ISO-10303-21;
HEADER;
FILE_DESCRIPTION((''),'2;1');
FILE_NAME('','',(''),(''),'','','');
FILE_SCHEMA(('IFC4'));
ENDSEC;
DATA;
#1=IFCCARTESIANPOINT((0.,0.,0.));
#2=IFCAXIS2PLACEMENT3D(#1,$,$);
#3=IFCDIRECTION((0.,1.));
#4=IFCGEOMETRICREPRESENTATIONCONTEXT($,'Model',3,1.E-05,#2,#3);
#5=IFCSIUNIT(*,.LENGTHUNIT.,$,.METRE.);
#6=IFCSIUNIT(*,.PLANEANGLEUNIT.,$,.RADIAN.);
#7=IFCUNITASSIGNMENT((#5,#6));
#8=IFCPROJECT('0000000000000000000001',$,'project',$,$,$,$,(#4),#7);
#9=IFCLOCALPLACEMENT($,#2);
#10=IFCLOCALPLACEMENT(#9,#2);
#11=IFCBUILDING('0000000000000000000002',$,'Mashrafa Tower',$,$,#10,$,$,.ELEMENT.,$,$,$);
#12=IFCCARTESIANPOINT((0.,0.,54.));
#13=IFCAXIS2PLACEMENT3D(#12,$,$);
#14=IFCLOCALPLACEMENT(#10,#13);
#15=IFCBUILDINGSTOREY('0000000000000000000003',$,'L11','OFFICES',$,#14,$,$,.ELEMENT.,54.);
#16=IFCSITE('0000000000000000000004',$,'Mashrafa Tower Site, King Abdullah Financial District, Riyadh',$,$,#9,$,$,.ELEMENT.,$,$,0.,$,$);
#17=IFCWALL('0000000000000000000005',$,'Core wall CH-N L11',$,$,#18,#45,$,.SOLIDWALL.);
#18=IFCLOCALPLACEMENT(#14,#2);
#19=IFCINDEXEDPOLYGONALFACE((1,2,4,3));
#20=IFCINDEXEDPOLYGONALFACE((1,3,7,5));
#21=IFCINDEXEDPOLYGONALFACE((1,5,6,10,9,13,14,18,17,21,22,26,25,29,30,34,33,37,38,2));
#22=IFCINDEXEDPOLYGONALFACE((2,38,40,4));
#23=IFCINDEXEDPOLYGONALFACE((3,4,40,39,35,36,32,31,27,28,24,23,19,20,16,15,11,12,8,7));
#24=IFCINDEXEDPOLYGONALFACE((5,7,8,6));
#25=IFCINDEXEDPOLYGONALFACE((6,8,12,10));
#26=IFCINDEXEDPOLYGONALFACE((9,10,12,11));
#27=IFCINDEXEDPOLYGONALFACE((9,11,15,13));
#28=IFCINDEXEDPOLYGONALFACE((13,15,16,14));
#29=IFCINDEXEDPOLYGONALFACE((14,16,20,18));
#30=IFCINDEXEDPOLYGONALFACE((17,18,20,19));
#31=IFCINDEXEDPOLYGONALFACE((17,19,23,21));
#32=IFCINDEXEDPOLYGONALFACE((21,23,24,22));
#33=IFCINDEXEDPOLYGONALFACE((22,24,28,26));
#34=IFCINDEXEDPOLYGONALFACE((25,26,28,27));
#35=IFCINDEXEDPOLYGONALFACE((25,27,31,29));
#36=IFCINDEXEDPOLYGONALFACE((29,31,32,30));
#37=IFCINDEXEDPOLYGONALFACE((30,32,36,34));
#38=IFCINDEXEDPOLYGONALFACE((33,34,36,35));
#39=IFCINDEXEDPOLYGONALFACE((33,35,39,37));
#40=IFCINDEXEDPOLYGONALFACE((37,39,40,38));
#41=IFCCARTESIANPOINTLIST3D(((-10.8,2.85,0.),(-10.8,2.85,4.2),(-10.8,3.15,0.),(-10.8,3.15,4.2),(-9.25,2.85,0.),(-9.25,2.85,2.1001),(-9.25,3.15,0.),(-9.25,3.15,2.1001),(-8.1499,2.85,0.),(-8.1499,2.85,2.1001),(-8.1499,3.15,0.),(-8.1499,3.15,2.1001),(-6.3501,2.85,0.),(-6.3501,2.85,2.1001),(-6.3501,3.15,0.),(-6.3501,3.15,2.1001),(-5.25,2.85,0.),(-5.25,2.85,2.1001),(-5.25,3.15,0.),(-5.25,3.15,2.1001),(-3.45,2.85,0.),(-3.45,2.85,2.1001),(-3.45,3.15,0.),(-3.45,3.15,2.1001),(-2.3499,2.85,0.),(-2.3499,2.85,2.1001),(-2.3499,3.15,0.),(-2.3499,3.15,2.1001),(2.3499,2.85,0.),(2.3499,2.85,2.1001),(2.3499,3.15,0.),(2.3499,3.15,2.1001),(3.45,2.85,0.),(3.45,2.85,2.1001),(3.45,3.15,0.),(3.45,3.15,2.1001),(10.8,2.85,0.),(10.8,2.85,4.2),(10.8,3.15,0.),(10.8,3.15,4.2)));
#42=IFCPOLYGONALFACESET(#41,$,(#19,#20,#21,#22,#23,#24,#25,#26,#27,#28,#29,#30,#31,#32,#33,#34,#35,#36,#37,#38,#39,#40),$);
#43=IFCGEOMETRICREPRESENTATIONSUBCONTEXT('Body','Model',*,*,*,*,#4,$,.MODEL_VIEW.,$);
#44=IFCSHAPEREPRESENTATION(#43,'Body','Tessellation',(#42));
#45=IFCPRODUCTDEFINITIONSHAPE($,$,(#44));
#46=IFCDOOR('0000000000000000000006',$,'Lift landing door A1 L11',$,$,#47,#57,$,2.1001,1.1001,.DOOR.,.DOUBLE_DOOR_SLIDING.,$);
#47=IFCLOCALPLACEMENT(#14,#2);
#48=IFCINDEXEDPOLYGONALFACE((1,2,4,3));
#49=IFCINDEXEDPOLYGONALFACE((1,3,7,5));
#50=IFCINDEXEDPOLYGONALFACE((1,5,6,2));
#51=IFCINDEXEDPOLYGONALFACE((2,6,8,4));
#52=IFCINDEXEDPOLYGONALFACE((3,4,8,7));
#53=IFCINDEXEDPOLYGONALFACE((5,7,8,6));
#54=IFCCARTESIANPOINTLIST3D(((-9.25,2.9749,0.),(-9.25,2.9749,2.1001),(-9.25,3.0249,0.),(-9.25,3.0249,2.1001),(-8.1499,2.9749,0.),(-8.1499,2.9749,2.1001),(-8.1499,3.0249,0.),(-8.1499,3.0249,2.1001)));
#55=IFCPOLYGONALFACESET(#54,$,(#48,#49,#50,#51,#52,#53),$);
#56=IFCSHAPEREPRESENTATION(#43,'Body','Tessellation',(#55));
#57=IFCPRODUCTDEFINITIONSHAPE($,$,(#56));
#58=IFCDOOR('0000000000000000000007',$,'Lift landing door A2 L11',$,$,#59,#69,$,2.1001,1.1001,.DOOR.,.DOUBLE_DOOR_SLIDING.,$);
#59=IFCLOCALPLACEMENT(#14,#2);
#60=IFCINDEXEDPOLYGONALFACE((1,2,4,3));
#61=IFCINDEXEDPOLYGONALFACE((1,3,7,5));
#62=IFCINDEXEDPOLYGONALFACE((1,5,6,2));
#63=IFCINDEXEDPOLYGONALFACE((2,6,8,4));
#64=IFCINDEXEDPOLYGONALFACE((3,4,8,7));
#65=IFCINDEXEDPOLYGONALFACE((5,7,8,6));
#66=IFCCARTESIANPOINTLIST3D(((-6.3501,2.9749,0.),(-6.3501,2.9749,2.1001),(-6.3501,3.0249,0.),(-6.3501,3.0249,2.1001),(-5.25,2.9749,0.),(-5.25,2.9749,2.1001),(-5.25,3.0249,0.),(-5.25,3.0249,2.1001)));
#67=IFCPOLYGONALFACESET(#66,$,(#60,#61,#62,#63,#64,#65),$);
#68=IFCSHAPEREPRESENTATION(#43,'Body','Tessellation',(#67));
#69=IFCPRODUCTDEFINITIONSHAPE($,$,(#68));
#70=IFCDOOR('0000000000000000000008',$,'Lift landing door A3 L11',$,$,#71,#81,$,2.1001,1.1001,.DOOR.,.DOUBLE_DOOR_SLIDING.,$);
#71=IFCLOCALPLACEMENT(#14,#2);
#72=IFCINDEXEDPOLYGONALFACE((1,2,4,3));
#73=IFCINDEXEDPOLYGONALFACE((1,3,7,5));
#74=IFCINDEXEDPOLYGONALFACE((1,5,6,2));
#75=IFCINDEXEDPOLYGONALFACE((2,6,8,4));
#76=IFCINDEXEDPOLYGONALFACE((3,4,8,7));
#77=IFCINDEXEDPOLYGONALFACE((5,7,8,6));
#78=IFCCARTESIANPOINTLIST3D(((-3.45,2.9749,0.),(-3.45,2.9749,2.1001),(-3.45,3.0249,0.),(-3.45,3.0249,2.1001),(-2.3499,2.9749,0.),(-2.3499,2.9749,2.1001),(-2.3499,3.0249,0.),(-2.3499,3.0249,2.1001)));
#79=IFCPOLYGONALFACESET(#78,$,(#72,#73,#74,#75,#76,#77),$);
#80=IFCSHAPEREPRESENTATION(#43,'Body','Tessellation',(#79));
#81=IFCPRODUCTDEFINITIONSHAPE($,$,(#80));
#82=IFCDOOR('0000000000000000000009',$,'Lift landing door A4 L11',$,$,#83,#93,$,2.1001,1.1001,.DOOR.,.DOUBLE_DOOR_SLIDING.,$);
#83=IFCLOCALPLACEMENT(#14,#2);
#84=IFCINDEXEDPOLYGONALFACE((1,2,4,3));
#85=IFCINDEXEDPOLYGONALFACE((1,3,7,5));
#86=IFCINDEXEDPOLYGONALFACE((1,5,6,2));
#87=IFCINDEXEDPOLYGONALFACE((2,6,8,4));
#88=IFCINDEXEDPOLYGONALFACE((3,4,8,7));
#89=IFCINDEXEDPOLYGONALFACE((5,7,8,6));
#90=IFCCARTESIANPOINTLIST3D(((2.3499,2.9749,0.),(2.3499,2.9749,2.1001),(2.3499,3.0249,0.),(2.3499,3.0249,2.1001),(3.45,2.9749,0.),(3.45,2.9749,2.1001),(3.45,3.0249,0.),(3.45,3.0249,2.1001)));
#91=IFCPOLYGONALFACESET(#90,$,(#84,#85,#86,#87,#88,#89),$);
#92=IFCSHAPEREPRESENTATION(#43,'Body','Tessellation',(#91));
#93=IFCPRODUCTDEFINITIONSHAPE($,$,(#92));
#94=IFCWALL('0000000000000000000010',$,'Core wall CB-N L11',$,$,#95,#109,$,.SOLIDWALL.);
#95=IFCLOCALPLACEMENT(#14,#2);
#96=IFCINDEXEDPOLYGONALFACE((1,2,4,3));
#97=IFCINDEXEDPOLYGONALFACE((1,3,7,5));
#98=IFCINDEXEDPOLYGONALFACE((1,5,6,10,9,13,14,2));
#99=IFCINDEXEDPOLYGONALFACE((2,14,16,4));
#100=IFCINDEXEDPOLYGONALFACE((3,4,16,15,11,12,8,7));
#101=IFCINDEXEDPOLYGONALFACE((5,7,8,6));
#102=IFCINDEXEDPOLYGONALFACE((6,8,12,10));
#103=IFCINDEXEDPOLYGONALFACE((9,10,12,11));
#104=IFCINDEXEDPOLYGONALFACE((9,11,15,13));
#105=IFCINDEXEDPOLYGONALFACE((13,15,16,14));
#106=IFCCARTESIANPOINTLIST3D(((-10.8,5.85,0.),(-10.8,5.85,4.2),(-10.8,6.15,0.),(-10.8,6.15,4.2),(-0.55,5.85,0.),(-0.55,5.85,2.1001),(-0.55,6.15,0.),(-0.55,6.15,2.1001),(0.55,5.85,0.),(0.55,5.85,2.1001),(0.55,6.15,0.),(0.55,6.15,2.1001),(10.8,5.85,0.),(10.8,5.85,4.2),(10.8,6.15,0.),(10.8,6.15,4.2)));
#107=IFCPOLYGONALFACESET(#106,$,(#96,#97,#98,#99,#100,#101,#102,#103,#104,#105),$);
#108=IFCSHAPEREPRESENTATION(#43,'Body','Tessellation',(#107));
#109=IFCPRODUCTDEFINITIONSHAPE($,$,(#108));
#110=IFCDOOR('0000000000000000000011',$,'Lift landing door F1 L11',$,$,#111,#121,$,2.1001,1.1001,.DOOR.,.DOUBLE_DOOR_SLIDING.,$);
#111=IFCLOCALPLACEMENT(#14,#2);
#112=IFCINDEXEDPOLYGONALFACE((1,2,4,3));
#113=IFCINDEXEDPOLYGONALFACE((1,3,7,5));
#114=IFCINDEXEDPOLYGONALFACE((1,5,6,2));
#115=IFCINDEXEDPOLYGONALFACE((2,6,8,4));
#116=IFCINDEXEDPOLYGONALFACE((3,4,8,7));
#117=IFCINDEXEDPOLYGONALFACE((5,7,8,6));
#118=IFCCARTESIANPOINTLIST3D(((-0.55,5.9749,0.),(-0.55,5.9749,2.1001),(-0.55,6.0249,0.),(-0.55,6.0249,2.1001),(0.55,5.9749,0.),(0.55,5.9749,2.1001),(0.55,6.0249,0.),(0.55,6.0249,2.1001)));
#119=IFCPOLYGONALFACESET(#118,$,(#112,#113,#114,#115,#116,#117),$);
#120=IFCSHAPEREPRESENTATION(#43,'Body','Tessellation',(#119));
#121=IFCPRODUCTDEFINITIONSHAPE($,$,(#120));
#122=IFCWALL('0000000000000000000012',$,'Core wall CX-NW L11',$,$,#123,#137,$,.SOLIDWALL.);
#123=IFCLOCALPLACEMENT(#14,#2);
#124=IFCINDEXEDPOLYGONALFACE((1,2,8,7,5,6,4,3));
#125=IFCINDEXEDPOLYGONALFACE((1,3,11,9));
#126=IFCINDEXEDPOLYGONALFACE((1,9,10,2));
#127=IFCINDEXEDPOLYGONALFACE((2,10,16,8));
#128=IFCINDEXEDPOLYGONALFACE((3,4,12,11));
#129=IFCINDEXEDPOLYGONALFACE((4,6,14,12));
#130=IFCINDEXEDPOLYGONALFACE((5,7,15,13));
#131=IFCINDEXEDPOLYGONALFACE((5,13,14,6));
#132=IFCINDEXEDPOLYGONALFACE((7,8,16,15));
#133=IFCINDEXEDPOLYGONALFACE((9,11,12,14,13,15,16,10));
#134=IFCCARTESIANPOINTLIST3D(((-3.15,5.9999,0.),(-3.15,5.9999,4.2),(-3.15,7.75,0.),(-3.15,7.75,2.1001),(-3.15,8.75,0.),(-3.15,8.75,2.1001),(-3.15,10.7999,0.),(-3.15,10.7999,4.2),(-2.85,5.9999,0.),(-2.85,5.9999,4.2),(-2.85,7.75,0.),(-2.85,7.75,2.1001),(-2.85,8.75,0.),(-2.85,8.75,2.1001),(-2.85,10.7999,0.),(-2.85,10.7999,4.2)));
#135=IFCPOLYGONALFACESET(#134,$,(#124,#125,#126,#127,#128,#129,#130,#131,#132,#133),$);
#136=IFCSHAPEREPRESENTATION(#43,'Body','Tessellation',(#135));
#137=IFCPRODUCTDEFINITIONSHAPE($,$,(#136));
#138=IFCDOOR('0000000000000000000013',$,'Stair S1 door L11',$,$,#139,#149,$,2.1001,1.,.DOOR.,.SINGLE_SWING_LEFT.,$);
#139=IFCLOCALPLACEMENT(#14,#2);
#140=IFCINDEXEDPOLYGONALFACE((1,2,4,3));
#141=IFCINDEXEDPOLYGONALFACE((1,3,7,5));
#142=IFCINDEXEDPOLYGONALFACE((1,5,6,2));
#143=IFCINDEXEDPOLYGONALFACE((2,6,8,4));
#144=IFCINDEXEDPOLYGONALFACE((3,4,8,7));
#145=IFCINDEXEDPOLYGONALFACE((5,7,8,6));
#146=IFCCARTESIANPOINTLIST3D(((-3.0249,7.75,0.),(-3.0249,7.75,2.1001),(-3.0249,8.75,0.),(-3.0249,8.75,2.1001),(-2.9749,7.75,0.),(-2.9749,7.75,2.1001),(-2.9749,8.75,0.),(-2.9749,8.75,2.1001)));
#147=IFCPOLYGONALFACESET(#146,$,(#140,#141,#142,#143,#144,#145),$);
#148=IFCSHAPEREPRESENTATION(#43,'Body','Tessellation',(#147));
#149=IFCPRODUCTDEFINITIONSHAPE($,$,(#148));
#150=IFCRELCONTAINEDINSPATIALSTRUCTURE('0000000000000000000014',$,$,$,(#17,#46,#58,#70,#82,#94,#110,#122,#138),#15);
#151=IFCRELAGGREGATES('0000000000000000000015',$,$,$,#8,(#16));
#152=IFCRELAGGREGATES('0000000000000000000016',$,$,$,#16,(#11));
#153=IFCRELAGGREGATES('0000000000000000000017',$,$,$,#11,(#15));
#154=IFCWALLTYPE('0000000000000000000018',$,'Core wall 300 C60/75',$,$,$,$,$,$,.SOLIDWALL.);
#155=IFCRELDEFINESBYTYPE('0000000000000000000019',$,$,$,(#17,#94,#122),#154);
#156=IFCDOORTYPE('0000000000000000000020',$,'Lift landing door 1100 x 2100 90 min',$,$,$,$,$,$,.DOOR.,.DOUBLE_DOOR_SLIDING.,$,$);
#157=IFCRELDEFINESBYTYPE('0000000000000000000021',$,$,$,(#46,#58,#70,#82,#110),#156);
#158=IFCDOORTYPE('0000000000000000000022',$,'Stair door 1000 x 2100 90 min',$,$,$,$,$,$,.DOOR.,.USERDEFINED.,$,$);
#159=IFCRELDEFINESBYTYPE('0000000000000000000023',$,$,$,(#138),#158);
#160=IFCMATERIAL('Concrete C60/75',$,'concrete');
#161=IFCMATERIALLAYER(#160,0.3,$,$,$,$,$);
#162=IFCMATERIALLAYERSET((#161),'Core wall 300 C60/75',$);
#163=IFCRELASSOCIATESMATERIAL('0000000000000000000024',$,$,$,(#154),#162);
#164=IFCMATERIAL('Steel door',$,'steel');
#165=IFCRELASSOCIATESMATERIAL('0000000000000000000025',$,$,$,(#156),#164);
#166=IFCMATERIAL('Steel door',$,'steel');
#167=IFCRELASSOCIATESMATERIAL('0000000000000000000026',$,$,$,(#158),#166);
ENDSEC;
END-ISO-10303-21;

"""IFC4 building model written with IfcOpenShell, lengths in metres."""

from ifc_helpers import new_model, si_unit, direction, frame, frame_2d, origin, place, context, subcontext, project, spatial, rectangle, extrude, material, layer, layer_set, type_object, element, fill, save


model = new_model("IFC4")

# Units and contexts
model_context = context("Model", 3, precision=1e-05, world=origin(), true_north=direction((0.0, 1.0)))
body_context = subcontext(model_context, "Body", "Model", "MODEL_VIEW")
ifc_project = project(units=[si_unit("LENGTHUNIT", "METRE"), si_unit("PLANEANGLEUNIT", "RADIAN")], contexts=[model_context])

# Site, building, storey
site_placement = place(None, origin())
site = spatial("IfcSite", under=ifc_project, at=site_placement, Name="Mashrafa Tower Site, King Abdullah Financial District, Riyadh", CompositionType="ELEMENT", RefElevation=0.0)
building_placement = place(site_placement, origin())
building = spatial("IfcBuilding", under=site, at=building_placement, Name="Mashrafa Tower", CompositionType="ELEMENT")
storey_placement = place(building_placement, frame((0.0, 0.0, 54.0)))
storey = spatial("IfcBuildingStorey", under=building, at=storey_placement, Name="L11", Description="OFFICES", CompositionType="ELEMENT", Elevation=54.0)

# Wall, openings, doors
ifc_material_1 = material(Name="Concrete C60/75", Category="concrete")
ifc_layer_1 = layer(ifc_material_1, 0.3)
ifc_layer_set_1 = layer_set([ifc_layer_1], Name="Core wall 300 C60/75")
wall_type_1 = type_object("IfcWallType", Name="Core wall 300 C60/75", PredefinedType="SOLIDWALL", material=ifc_layer_set_1)
wall_1_placement = place(storey_placement, frame((-10.8, 3.0, 0.0), z_axis=(0.0, 0.0, 1.0), x_axis=(1.0, 0.0, 0.0)))
wall_1 = element("IfcWall", 1, at=wall_1_placement, inside=storey, type_object=wall_type_1, Name="Core wall CH-N L11", PredefinedType="SOLIDWALL", context=body_context, shape_type="SweptSolid", body=[
    extrude(rectangle(XDim=21.6001, YDim=0.3, at=frame_2d((10.8, 0.0))), origin(), (0.0, 0.0, 1.0), 4.2),
])
opening_1_placement = place(wall_1_placement, frame((1.55, 0.0, 0.0)))
opening_1 = element("IfcOpeningElement", 2, at=opening_1_placement, cuts=wall_1, PredefinedType="OPENING", context=body_context, shape_type="SweptSolid", body=[
    extrude(rectangle(XDim=1.1001, YDim=2.1001, at=frame_2d((0.55, 1.05))), frame((0.0, 0.1599, 0.0), z_axis=(0.0, -1.0, 0.0), x_axis=(1.0, 0.0, 0.0)), (0.0, 0.0, 1.0), 0.3201),
])
opening_2_placement = place(wall_1_placement, frame((4.45, 0.0, 0.0)))
opening_2 = element("IfcOpeningElement", 3, at=opening_2_placement, cuts=wall_1, PredefinedType="OPENING", context=body_context, shape_type="SweptSolid", body=[
    extrude(rectangle(XDim=1.1001, YDim=2.1001, at=frame_2d((0.55, 1.05))), frame((0.0, 0.1599, 0.0), z_axis=(0.0, -1.0, 0.0), x_axis=(1.0, 0.0, 0.0)), (0.0, 0.0, 1.0), 0.3201),
])
opening_3_placement = place(wall_1_placement, frame((7.3501, 0.0, 0.0)))
opening_3 = element("IfcOpeningElement", 4, at=opening_3_placement, cuts=wall_1, PredefinedType="OPENING", context=body_context, shape_type="SweptSolid", body=[
    extrude(rectangle(XDim=1.1001, YDim=2.1001, at=frame_2d((0.55, 1.05))), frame((0.0, 0.1599, 0.0), z_axis=(0.0, -1.0, 0.0), x_axis=(1.0, 0.0, 0.0)), (0.0, 0.0, 1.0), 0.3201),
])
opening_4_placement = place(wall_1_placement, frame((13.1499, 0.0, 0.0)))
opening_4 = element("IfcOpeningElement", 5, at=opening_4_placement, cuts=wall_1, PredefinedType="OPENING", context=body_context, shape_type="SweptSolid", body=[
    extrude(rectangle(XDim=1.1001, YDim=2.1001, at=frame_2d((0.55, 1.05))), frame((0.0, 0.1599, 0.0), z_axis=(0.0, -1.0, 0.0), x_axis=(1.0, 0.0, 0.0)), (0.0, 0.0, 1.0), 0.3201),
])
ifc_material_2 = material(Name="Steel door", Category="steel")
door_type_1 = type_object("IfcDoorType", Name="Lift landing door 1100 x 2100 90 min", OperationType="DOUBLE_DOOR_SLIDING", PredefinedType="DOOR", material=ifc_material_2)
door_1_placement = place(opening_1_placement, origin())
door_1 = element("IfcDoor", 6, at=door_1_placement, inside=storey, type_object=door_type_1, Name="Lift landing door A1 L11", OperationType="DOUBLE_DOOR_SLIDING", OverallHeight=2.1001, OverallWidth=1.1001, PredefinedType="DOOR", context=body_context, shape_type="SweptSolid", body=[
    extrude(rectangle(XDim=1.1001, YDim=2.1001, at=frame_2d((0.55, 1.05))), frame((0.0, 0.0249, 0.0), z_axis=(0.0, -1.0, 0.0), x_axis=(1.0, 0.0, 0.0)), (0.0, 0.0, 1.0), 0.05),
])
fill(opening_1, door_1)
door_2_placement = place(opening_2_placement, origin())
door_2 = element("IfcDoor", 7, at=door_2_placement, inside=storey, type_object=door_type_1, Name="Lift landing door A2 L11", OperationType="DOUBLE_DOOR_SLIDING", OverallHeight=2.1001, OverallWidth=1.1001, PredefinedType="DOOR", context=body_context, shape_type="SweptSolid", body=[
    extrude(rectangle(XDim=1.1001, YDim=2.1001, at=frame_2d((0.55, 1.05))), frame((0.0, 0.0249, 0.0), z_axis=(0.0, -1.0, 0.0), x_axis=(1.0, 0.0, 0.0)), (0.0, 0.0, 1.0), 0.05),
])
fill(opening_2, door_2)
door_3_placement = place(opening_3_placement, origin())
door_3 = element("IfcDoor", 8, at=door_3_placement, inside=storey, type_object=door_type_1, Name="Lift landing door A3 L11", OperationType="DOUBLE_DOOR_SLIDING", OverallHeight=2.1001, OverallWidth=1.1001, PredefinedType="DOOR", context=body_context, shape_type="SweptSolid", body=[
    extrude(rectangle(XDim=1.1001, YDim=2.1001, at=frame_2d((0.55, 1.05))), frame((0.0, 0.0249, 0.0), z_axis=(0.0, -1.0, 0.0), x_axis=(1.0, 0.0, 0.0)), (0.0, 0.0, 1.0), 0.05),
])
fill(opening_3, door_3)
door_4_placement = place(opening_4_placement, origin())
door_4 = element("IfcDoor", 9, at=door_4_placement, inside=storey, type_object=door_type_1, Name="Lift landing door A4 L11", OperationType="DOUBLE_DOOR_SLIDING", OverallHeight=2.1001, OverallWidth=1.1001, PredefinedType="DOOR", context=body_context, shape_type="SweptSolid", body=[
    extrude(rectangle(XDim=1.1001, YDim=2.1001, at=frame_2d((0.55, 1.05))), frame((0.0, 0.0249, 0.0), z_axis=(0.0, -1.0, 0.0), x_axis=(1.0, 0.0, 0.0)), (0.0, 0.0, 1.0), 0.05),
])
fill(opening_4, door_4)

# Walls, openings, doors
wall_2_placement = place(storey_placement, frame((-10.8, 6.0, 0.0), z_axis=(0.0, 0.0, 1.0), x_axis=(1.0, 0.0, 0.0)))
wall_2 = element("IfcWall", 10, at=wall_2_placement, inside=storey, type_object=wall_type_1, Name="Core wall CB-N L11", PredefinedType="SOLIDWALL", context=body_context, shape_type="SweptSolid", body=[
    extrude(rectangle(XDim=21.6001, YDim=0.3, at=frame_2d((10.8, 0.0))), origin(), (0.0, 0.0, 1.0), 4.2),
])
opening_5_placement = place(wall_2_placement, frame((10.25, 0.0, 0.0)))
opening_5 = element("IfcOpeningElement", 11, at=opening_5_placement, cuts=wall_2, PredefinedType="OPENING", context=body_context, shape_type="SweptSolid", body=[
    extrude(rectangle(XDim=1.1001, YDim=2.1001, at=frame_2d((0.55, 1.05))), frame((0.0, 0.1599, 0.0), z_axis=(0.0, -1.0, 0.0), x_axis=(1.0, 0.0, 0.0)), (0.0, 0.0, 1.0), 0.3201),
])
door_5_placement = place(opening_5_placement, origin())
door_5 = element("IfcDoor", 12, at=door_5_placement, inside=storey, type_object=door_type_1, Name="Lift landing door F1 L11", OperationType="DOUBLE_DOOR_SLIDING", OverallHeight=2.1001, OverallWidth=1.1001, PredefinedType="DOOR", context=body_context, shape_type="SweptSolid", body=[
    extrude(rectangle(XDim=1.1001, YDim=2.1001, at=frame_2d((0.55, 1.05))), frame((0.0, 0.0249, 0.0), z_axis=(0.0, -1.0, 0.0), x_axis=(1.0, 0.0, 0.0)), (0.0, 0.0, 1.0), 0.05),
])
fill(opening_5, door_5)
wall_3_placement = place(storey_placement, frame((-3.0, 6.0, 0.0), z_axis=(0.0, 0.0, 1.0), x_axis=(0.0, 1.0, 0.0)))
wall_3 = element("IfcWall", 13, at=wall_3_placement, inside=storey, type_object=wall_type_1, Name="Core wall CX-NW L11", PredefinedType="SOLIDWALL", context=body_context, shape_type="SweptSolid", body=[
    extrude(rectangle(XDim=4.8, YDim=0.3, at=frame_2d((2.3999, 0.0))), origin(), (0.0, 0.0, 1.0), 4.2),
])
opening_6_placement = place(wall_3_placement, frame((1.75, 0.0, 0.0)))
opening_6 = element("IfcOpeningElement", 14, at=opening_6_placement, cuts=wall_3, PredefinedType="OPENING", context=body_context, shape_type="SweptSolid", body=[
    extrude(rectangle(XDim=1.0, YDim=2.1001, at=frame_2d((0.5, 1.05))), frame((0.0, 0.1599, 0.0), z_axis=(0.0, -1.0, 0.0), x_axis=(1.0, 0.0, 0.0)), (0.0, 0.0, 1.0), 0.3201),
])
ifc_material_3 = material(Name="Steel door", Category="steel")
door_type_2 = type_object("IfcDoorType", Name="Stair door 1000 x 2100 90 min", OperationType="USERDEFINED", PredefinedType="DOOR", material=ifc_material_3)
door_6_placement = place(opening_6_placement, origin())
door_6 = element("IfcDoor", 15, at=door_6_placement, inside=storey, type_object=door_type_2, Name="Stair S1 door L11", OperationType="SINGLE_SWING_LEFT", OverallHeight=2.1001, OverallWidth=1.0, PredefinedType="DOOR", context=body_context, shape_type="SweptSolid", body=[
    extrude(rectangle(XDim=1.0, YDim=2.1001, at=frame_2d((0.5, 1.05))), frame((0.0, 0.0249, 0.0), z_axis=(0.0, -1.0, 0.0), x_axis=(1.0, 0.0, 0.0)), (0.0, 0.0, 1.0), 0.05),
])
fill(opening_6, door_6)

save(model, "model.ifc")
